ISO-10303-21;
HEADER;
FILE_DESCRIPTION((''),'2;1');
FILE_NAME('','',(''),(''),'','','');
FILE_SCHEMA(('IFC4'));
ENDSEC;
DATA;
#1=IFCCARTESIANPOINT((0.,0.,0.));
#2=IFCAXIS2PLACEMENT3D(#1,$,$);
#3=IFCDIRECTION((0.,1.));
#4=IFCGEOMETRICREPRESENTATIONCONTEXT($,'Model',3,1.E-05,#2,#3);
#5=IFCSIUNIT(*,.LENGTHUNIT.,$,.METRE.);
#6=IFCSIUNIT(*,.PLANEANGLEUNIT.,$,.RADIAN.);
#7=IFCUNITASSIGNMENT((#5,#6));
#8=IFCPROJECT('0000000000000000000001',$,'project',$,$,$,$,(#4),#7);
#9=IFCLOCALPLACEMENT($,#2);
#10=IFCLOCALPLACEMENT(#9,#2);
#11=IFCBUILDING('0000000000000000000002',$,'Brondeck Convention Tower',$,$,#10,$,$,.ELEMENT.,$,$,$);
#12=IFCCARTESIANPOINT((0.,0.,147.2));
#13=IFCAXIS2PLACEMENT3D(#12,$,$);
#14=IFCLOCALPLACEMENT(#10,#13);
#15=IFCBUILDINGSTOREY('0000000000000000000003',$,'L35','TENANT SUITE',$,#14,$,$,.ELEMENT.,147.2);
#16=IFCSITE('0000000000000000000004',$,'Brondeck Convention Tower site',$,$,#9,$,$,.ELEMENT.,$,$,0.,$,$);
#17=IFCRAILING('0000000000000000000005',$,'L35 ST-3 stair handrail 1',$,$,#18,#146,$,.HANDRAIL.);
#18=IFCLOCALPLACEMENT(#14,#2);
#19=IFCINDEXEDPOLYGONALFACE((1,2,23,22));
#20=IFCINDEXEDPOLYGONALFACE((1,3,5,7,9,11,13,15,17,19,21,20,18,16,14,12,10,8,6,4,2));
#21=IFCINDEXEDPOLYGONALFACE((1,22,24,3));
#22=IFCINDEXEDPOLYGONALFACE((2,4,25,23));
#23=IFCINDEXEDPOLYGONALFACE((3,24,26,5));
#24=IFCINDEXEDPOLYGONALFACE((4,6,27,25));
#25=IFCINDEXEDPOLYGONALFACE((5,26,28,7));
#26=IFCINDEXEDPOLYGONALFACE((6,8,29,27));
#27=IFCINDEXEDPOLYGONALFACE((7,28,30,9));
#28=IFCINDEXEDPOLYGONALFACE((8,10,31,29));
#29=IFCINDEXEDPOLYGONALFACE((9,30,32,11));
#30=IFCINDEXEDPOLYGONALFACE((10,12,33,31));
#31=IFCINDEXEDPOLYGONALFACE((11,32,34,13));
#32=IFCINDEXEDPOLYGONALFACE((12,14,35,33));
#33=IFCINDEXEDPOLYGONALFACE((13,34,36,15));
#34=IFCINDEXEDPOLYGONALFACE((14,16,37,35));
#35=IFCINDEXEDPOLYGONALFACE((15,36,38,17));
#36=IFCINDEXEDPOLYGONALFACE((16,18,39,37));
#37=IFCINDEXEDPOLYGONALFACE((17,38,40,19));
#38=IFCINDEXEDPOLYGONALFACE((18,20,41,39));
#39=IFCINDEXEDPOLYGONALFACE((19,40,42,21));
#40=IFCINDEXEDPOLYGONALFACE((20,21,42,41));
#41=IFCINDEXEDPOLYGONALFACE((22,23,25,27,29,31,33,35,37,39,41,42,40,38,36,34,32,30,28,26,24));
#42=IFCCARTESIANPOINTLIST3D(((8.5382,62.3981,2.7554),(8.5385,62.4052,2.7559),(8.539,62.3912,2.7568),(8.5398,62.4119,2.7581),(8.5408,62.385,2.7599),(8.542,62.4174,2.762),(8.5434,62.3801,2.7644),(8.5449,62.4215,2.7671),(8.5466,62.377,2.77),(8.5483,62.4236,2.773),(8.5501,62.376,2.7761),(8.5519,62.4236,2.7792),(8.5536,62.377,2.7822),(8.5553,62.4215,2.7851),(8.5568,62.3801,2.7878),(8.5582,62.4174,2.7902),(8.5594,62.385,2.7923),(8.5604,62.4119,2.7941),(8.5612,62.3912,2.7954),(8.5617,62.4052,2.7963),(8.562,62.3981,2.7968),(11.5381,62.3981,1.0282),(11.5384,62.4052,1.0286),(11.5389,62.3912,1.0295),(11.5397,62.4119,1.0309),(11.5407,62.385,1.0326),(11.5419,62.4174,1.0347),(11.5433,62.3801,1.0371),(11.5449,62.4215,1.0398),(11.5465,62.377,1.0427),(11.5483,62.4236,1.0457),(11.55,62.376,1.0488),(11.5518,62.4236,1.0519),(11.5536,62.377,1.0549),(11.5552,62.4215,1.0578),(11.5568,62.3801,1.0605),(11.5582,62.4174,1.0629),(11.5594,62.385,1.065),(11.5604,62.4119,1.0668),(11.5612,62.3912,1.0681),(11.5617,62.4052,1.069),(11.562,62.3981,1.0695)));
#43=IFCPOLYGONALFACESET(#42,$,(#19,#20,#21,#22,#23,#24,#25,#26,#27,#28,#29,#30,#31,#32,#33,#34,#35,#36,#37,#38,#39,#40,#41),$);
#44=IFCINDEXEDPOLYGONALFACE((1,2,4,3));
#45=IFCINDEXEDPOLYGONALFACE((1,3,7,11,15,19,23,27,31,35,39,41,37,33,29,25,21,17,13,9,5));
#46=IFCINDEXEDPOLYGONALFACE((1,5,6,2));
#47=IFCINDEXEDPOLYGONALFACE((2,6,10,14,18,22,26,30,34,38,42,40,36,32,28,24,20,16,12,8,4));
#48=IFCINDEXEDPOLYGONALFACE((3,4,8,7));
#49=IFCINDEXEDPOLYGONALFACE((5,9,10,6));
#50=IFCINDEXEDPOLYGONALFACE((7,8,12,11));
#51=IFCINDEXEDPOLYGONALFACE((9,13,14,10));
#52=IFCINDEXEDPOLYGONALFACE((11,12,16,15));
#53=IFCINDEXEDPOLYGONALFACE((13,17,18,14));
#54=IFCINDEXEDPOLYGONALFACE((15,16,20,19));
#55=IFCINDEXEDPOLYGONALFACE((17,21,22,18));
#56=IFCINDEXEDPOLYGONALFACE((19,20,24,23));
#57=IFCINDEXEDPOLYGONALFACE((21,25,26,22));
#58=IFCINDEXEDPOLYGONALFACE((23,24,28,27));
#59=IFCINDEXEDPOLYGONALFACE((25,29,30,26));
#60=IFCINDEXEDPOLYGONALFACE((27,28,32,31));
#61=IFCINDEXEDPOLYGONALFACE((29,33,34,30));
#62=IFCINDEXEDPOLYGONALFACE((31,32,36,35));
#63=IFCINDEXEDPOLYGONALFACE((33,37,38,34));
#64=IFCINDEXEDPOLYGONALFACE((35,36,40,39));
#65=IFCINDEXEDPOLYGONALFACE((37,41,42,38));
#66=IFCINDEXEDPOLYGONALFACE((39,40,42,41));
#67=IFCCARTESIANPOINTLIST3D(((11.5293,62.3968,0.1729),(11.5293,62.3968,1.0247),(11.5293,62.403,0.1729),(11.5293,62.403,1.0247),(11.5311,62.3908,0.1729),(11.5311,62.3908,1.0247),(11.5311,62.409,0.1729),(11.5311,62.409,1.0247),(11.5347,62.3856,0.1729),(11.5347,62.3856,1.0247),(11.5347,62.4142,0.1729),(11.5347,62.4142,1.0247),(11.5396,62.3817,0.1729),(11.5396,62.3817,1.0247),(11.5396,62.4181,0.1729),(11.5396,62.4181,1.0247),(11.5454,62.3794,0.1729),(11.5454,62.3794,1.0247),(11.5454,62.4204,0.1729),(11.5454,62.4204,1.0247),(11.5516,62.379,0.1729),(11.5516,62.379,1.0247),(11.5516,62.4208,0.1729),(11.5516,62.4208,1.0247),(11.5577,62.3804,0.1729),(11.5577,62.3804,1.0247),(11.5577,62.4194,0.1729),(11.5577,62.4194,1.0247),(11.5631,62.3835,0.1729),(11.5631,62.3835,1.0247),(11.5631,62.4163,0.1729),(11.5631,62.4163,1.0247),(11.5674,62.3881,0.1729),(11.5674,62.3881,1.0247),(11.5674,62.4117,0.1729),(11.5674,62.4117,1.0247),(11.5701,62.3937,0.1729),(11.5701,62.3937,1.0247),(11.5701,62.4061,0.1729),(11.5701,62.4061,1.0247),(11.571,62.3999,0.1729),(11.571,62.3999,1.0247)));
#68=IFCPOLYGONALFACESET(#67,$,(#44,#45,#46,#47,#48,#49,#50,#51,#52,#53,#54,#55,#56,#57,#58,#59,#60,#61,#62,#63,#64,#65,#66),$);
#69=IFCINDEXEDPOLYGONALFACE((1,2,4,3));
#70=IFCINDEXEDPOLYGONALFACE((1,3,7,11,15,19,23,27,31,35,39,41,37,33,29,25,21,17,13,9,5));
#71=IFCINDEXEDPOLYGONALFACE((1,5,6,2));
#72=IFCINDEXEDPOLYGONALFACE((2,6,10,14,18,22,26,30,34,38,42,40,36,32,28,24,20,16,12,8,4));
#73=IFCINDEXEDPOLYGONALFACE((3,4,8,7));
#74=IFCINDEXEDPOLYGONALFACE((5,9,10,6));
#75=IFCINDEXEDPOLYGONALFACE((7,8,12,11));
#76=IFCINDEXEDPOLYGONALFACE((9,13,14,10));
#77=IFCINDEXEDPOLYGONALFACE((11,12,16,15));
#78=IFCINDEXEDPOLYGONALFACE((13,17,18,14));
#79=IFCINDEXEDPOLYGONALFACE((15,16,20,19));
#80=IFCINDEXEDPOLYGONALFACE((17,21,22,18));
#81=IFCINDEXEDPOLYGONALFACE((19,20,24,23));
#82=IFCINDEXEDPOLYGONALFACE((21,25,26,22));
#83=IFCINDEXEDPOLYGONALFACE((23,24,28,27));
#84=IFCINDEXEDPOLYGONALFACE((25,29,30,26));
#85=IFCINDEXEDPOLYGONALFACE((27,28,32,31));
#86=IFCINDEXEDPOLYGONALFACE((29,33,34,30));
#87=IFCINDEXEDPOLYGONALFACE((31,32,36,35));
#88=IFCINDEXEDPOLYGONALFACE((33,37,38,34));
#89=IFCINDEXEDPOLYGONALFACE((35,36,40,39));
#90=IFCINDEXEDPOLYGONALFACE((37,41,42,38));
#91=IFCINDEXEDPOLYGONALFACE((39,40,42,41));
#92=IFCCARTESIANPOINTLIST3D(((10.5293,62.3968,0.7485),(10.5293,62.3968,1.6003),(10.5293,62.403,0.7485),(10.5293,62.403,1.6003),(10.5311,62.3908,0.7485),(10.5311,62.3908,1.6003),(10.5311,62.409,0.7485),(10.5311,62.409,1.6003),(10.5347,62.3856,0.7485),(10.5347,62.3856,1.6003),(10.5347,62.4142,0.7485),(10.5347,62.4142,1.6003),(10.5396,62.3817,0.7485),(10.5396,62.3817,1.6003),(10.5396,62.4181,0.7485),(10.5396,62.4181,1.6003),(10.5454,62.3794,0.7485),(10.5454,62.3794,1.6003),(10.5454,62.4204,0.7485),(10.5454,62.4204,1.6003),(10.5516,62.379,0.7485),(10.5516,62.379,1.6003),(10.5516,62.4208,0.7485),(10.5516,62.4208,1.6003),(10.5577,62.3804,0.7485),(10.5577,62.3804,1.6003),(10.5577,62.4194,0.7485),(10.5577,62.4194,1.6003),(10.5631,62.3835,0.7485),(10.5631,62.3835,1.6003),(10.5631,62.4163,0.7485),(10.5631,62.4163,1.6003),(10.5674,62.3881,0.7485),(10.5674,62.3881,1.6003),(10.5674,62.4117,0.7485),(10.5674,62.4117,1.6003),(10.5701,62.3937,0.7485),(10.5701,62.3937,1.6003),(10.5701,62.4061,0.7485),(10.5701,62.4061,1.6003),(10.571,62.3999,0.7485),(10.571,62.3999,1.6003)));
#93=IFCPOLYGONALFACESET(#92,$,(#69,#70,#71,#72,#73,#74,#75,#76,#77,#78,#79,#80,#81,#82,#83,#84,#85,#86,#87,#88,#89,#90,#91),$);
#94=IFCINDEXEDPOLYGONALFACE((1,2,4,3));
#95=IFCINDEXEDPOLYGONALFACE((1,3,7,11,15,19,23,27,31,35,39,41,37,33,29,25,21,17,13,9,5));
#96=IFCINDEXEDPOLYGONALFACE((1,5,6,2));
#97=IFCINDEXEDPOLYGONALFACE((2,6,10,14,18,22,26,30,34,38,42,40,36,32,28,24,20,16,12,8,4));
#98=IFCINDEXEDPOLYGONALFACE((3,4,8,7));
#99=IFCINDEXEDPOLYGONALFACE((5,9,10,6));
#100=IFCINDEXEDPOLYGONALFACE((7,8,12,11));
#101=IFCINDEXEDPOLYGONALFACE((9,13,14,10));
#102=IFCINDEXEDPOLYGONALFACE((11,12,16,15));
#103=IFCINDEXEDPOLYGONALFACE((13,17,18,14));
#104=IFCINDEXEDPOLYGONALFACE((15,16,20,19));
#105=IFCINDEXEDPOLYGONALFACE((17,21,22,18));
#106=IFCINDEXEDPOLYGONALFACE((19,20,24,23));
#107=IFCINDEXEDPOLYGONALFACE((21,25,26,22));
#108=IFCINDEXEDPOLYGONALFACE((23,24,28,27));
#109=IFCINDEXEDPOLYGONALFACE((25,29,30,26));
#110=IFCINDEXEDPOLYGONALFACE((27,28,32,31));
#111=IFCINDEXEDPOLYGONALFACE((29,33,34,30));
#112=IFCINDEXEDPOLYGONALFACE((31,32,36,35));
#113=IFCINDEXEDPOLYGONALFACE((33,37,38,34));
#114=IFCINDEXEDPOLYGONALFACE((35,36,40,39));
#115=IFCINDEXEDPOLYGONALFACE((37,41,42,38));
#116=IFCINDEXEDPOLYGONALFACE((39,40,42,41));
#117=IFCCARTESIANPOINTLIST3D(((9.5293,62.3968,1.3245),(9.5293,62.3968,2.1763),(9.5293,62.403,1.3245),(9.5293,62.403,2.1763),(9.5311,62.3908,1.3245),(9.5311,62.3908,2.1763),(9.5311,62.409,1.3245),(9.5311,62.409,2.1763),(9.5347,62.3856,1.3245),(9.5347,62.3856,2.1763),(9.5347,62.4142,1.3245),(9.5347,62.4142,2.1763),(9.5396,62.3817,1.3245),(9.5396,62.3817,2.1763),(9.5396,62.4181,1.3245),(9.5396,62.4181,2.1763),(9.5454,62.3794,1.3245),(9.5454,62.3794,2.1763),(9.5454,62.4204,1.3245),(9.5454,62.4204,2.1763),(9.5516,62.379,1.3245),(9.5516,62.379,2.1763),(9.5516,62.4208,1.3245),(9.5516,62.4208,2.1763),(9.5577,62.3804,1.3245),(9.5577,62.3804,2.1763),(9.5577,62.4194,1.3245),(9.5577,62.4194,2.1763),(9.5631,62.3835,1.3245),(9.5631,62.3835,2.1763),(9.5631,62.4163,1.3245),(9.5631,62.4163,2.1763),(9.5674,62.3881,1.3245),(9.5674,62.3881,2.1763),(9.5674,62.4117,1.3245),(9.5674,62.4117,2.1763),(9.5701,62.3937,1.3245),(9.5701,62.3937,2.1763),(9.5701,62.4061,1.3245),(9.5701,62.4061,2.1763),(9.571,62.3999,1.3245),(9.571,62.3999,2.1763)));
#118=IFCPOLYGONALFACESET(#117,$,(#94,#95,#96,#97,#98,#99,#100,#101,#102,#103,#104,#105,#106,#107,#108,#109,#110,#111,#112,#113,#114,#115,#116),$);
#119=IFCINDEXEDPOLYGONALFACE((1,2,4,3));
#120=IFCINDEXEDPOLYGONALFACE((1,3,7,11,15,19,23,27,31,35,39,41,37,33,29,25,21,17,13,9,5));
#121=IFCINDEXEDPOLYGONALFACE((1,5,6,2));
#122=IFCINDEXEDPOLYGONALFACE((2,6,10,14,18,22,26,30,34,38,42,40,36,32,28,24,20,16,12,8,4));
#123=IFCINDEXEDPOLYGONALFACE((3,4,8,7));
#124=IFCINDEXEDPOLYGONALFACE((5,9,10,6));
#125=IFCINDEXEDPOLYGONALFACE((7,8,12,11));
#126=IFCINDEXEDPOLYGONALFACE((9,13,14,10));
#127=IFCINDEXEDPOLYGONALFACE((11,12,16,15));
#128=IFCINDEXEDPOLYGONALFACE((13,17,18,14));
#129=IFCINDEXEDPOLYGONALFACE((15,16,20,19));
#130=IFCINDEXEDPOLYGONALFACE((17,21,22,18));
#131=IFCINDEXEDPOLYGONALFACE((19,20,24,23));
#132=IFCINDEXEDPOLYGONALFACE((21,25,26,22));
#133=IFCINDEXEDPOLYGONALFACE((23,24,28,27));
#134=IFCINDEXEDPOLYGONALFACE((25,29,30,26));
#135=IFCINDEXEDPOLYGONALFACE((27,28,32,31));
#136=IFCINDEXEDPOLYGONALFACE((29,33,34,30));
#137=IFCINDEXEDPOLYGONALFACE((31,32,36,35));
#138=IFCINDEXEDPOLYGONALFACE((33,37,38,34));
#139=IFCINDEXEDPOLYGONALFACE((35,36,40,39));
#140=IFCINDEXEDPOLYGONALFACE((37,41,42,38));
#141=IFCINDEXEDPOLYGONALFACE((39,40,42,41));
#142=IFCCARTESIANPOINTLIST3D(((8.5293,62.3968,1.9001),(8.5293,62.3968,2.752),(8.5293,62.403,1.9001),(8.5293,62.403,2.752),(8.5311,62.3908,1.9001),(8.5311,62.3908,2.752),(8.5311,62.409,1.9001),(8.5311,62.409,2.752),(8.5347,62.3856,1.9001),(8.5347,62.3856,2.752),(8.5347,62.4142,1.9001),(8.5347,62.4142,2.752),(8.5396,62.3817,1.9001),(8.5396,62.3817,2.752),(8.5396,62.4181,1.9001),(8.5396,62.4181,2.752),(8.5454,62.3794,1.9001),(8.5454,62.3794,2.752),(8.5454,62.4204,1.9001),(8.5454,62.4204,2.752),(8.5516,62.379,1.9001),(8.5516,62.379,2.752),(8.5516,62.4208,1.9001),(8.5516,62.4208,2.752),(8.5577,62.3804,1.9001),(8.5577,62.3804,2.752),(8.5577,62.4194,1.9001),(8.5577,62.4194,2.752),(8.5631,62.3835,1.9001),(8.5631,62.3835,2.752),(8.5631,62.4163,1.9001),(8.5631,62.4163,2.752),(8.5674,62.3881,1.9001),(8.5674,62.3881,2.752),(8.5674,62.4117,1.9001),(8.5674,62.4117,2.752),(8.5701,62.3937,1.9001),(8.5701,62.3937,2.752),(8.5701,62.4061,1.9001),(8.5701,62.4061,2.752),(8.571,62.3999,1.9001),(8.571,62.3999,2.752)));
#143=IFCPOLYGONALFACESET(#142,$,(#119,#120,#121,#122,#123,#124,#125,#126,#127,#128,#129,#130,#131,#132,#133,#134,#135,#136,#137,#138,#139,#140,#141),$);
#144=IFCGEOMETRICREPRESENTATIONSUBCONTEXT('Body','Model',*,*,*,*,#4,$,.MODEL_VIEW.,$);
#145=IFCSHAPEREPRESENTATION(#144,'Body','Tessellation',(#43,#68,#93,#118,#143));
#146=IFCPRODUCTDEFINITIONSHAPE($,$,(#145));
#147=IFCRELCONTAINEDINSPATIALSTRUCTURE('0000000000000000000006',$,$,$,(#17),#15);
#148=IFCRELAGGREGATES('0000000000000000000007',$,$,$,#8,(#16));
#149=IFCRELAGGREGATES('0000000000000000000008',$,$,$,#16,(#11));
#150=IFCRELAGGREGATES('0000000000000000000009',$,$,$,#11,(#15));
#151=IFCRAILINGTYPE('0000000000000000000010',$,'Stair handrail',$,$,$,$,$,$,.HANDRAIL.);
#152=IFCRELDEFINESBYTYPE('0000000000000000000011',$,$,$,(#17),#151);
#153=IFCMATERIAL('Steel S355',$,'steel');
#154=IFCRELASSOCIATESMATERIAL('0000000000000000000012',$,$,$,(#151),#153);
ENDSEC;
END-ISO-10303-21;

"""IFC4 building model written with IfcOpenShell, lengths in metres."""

from ifc_helpers import new_model, si_unit, direction, frame, origin, origin_2d, place, context, subcontext, project, spatial, circle, extrude, material, type_object, element, save


model = new_model("IFC4")

# Units and contexts
model_context = context("Model", 3, precision=1e-05, world=origin(), true_north=direction((0.0, 1.0)))
body_context = subcontext(model_context, "Body", "Model", "MODEL_VIEW")
ifc_project = project(units=[si_unit("LENGTHUNIT", "METRE"), si_unit("PLANEANGLEUNIT", "RADIAN")], contexts=[model_context])

# Site, building, storey
site_placement = place(None, origin())
site = spatial("IfcSite", under=ifc_project, at=site_placement, Name="Brondeck Convention Tower site", CompositionType="ELEMENT", RefElevation=0.0)
building_placement = place(site_placement, origin())
building = spatial("IfcBuilding", under=site, at=building_placement, Name="Brondeck Convention Tower", CompositionType="ELEMENT")
storey_placement = place(building_placement, frame((0.0, 0.0, 147.2)))
storey = spatial("IfcBuildingStorey", under=building, at=storey_placement, Name="L35", Description="TENANT SUITE", CompositionType="ELEMENT", Elevation=147.2)

# Railing
ifc_material_1 = material(Name="Steel S355", Category="steel")
railing_type_1 = type_object("IfcRailingType", Name="Stair handrail", PredefinedType="HANDRAIL", material=ifc_material_1)
railing_1_placement = place(storey_placement, frame((11.55, 62.3999, 0.1729)))
element("IfcRailing", 1, at=railing_1_placement, inside=storey, type_object=railing_type_1, Name="L35 ST-3 stair handrail 1", PredefinedType="HANDRAIL", context=body_context, shape_type="SweptSolid", body=[
    extrude(circle(Radius=0.0239, at=origin_2d()), frame((0.0, 0.0, 0.876), z_axis=(-0.86662, 0.0, 0.498969), x_axis=(0.0, -1.0, 0.0)), (0.0, 0.0, 1.0), 3.4617),
    extrude(circle(Radius=0.021, at=origin_2d()), origin(), (0.0, 0.0, 1.0), 0.8518),
    extrude(circle(Radius=0.021, at=origin_2d()), frame((-1.0, 0.0, 0.5757)), (0.0, 0.0, 1.0), 0.8518),
    extrude(circle(Radius=0.021, at=origin_2d()), frame((-2.0, 0.0, 1.1516)), (0.0, 0.0, 1.0), 0.8518),
    extrude(circle(Radius=0.021, at=origin_2d()), frame((-3.0, 0.0, 1.7273)), (0.0, 0.0, 1.0), 0.8518),
])

save(model, "model.ifc")
